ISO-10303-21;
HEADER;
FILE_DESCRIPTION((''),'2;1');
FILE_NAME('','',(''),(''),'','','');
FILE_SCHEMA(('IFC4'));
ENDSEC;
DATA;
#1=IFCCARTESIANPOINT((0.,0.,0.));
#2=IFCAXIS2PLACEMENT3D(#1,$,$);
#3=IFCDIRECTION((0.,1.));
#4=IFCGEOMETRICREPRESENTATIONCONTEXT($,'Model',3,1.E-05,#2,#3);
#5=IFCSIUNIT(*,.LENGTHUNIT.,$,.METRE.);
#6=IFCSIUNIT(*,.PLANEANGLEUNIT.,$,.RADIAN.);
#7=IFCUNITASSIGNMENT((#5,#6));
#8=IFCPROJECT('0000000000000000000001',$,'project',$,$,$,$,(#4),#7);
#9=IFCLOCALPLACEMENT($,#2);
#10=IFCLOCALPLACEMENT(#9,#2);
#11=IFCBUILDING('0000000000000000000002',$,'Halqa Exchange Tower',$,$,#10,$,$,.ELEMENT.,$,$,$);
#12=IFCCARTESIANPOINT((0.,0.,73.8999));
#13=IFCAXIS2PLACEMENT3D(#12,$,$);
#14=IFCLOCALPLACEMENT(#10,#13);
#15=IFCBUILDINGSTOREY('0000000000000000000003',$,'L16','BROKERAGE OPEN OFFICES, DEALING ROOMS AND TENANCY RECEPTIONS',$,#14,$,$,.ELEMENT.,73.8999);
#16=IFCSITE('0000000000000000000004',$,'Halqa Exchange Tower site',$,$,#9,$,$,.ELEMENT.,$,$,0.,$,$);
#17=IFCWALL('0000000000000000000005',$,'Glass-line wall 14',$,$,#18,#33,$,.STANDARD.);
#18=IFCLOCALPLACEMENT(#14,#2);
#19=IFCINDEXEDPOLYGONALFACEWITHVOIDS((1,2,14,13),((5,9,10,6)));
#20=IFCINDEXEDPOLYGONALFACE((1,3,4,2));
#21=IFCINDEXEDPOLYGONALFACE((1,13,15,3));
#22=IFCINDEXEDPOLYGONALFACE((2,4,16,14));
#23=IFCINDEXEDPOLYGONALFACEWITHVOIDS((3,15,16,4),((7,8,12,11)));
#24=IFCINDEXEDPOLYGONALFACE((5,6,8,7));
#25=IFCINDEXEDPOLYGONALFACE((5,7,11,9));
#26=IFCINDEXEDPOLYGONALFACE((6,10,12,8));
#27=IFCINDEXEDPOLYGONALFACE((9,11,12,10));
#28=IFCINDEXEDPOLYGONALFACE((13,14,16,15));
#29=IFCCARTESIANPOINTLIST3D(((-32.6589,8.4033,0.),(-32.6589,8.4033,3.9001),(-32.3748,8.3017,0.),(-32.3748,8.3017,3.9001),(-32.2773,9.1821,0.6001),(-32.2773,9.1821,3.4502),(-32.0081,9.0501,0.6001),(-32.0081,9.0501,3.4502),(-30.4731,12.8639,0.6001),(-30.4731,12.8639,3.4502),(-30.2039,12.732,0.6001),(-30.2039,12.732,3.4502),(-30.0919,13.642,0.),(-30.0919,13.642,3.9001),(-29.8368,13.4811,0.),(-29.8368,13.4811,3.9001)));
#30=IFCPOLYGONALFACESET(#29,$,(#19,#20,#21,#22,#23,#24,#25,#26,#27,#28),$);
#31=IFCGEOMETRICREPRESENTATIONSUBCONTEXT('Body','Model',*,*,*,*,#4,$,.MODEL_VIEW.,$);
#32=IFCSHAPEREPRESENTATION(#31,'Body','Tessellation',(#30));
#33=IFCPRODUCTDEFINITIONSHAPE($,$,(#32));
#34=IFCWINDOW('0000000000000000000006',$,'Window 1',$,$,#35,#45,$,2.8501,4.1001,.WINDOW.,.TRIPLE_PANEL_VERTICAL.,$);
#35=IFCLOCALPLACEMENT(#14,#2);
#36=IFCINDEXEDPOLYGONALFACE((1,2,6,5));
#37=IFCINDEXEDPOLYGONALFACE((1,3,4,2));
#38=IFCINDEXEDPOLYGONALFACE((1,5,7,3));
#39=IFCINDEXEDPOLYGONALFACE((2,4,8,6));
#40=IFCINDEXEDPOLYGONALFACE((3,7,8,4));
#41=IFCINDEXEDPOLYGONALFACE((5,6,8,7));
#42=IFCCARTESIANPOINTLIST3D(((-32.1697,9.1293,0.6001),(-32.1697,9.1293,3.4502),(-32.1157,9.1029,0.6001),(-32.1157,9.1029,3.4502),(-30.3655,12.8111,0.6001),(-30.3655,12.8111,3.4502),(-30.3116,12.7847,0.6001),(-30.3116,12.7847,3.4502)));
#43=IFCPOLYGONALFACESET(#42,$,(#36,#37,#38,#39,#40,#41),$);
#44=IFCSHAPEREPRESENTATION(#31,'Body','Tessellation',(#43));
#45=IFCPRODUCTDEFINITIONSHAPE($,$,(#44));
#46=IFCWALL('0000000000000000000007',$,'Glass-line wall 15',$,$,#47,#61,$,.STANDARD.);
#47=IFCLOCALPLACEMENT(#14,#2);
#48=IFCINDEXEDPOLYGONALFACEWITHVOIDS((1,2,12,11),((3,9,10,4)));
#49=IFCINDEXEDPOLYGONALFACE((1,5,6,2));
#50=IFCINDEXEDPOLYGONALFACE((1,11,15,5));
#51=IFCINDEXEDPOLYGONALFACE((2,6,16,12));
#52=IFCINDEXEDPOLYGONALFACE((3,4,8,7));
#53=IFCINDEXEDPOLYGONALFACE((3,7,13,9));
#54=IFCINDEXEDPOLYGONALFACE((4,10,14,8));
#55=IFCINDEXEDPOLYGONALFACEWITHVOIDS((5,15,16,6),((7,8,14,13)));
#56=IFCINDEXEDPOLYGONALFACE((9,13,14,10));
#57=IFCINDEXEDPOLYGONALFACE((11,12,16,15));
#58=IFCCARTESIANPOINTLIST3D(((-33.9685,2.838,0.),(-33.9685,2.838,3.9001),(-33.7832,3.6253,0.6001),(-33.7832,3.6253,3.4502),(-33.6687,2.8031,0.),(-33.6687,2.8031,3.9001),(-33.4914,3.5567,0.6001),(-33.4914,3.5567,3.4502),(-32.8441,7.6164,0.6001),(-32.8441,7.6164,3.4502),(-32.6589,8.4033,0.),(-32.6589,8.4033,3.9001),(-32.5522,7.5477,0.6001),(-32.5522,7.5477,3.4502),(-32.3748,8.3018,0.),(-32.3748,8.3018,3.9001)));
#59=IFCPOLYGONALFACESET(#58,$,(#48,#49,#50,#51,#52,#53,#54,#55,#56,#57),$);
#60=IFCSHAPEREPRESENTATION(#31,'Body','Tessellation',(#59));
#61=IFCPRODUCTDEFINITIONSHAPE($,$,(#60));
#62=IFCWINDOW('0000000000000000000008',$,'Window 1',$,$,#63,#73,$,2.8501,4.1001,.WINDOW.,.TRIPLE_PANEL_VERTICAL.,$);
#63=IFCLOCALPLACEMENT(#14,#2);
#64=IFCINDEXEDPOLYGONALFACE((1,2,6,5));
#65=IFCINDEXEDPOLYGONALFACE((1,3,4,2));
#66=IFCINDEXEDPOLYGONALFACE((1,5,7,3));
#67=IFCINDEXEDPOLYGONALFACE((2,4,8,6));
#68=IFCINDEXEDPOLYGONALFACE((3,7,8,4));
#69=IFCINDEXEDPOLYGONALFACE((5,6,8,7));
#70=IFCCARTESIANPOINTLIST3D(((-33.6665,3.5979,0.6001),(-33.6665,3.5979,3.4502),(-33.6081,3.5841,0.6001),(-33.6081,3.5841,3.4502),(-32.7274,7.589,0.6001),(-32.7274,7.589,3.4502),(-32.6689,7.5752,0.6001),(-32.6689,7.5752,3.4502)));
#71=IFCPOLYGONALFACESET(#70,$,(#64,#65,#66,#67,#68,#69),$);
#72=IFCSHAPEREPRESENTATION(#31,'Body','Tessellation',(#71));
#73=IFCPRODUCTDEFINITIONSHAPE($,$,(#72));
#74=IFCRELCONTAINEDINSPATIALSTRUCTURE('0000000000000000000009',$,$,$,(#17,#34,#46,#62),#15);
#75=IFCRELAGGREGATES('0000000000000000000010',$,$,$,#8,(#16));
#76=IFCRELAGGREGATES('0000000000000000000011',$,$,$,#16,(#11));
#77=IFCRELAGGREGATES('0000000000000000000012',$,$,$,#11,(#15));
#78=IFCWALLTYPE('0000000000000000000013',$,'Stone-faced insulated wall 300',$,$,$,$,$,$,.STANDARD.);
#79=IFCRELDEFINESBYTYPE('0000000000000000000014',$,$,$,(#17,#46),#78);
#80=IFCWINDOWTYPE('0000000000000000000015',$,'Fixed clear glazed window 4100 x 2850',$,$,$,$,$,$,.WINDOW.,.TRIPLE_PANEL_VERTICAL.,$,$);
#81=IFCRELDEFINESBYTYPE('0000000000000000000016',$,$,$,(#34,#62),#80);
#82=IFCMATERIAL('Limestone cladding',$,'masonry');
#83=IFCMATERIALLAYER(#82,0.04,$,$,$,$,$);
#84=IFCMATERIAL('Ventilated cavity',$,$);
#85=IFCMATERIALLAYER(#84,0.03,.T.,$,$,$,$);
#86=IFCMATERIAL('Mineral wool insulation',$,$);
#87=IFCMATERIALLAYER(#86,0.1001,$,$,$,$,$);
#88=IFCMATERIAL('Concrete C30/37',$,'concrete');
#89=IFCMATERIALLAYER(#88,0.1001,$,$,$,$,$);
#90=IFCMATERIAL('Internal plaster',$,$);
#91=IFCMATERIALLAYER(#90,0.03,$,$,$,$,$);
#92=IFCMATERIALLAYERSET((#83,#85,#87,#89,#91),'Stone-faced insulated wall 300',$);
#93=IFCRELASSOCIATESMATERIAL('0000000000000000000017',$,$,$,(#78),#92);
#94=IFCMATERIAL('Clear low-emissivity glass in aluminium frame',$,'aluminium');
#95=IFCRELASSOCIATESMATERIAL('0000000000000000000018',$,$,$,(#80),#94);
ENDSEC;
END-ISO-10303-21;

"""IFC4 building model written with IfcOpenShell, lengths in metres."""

from ifc_helpers import new_model, si_unit, direction, frame, frame_2d, origin, place, context, subcontext, project, spatial, polyline, rectangle, outline, extrude, material, layer, layer_set, type_object, element, fill, save


model = new_model("IFC4")

# Units and contexts
model_context = context("Model", 3, precision=1e-05, world=origin(), true_north=direction((0.0, 1.0)))
body_context = subcontext(model_context, "Body", "Model", "MODEL_VIEW")
ifc_project = project(units=[si_unit("LENGTHUNIT", "METRE"), si_unit("PLANEANGLEUNIT", "RADIAN")], contexts=[model_context])

# Site, building, storey
site_placement = place(None, origin())
site = spatial("IfcSite", under=ifc_project, at=site_placement, Name="Halqa Exchange Tower site", CompositionType="ELEMENT", RefElevation=0.0)
building_placement = place(site_placement, origin())
building = spatial("IfcBuilding", under=site, at=building_placement, Name="Halqa Exchange Tower", CompositionType="ELEMENT")
storey_placement = place(building_placement, frame((0.0, 0.0, 73.8999)))
storey = spatial("IfcBuildingStorey", under=building, at=storey_placement, Name="L16", Description="BROKERAGE OPEN OFFICES, DEALING ROOMS AND TENANCY RECEPTIONS", CompositionType="ELEMENT", Elevation=73.8999)

# Walls, openings, windows
ifc_material_1 = material(Name="Limestone cladding", Category="masonry")
ifc_layer_1 = layer(ifc_material_1, 0.04)
ifc_material_2 = material(Name="Ventilated cavity")
ifc_layer_2 = layer(ifc_material_2, 0.03, ventilated=True)
ifc_material_3 = material(Name="Mineral wool insulation")
ifc_layer_3 = layer(ifc_material_3, 0.1001)
ifc_material_4 = material(Name="Concrete C30/37", Category="concrete")
ifc_layer_4 = layer(ifc_material_4, 0.1001)
ifc_material_5 = material(Name="Internal plaster")
ifc_layer_5 = layer(ifc_material_5, 0.03)
ifc_layer_set_1 = layer_set([ifc_layer_1, ifc_layer_2, ifc_layer_3, ifc_layer_4, ifc_layer_5], Name="Stone-faced insulated wall 300")
wall_type_1 = type_object("IfcWallType", Name="Stone-faced insulated wall 300", PredefinedType="STANDARD", material=ifc_layer_set_1)
wall_1_placement = place(storey_placement, frame((-29.9644, 13.5615, 0.0), z_axis=(0.0, 0.0, 1.0), x_axis=(-0.440027, -0.897984, 0.0)))
wall_1 = element("IfcWall", 1, at=wall_1_placement, inside=storey, type_object=wall_type_1, Name="Glass-line wall 14", PredefinedType="STANDARD", context=body_context, shape_type="SweptSolid", body=[
    extrude(outline(polyline([(-0.0161, -0.1499), (5.8176, -0.1499), (5.7839, 0.1499), (0.0161, 0.1499), (-0.0161, -0.1499)])), origin(), (0.0, 0.0, 1.0), 3.9001),
])
opening_1_placement = place(wall_1_placement, frame((0.8503, 0.0, 0.6001)))
opening_1 = element("IfcOpeningElement", 2, at=opening_1_placement, cuts=wall_1, PredefinedType="OPENING", context=body_context, shape_type="SweptSolid", body=[
    extrude(rectangle(XDim=4.1001, YDim=2.8501, at=frame_2d((2.05, 1.425))), frame((0.0, 0.1621, 0.0), z_axis=(0.0, -1.0, 0.0), x_axis=(1.0, 0.0, 0.0)), (0.0, 0.0, 1.0), 0.324),
])
ifc_material_6 = material(Name="Clear low-emissivity glass in aluminium frame", Category="aluminium")
window_type = type_object("IfcWindowType", Name="Fixed clear glazed window 4100 x 2850", PartitioningType="TRIPLE_PANEL_VERTICAL", PredefinedType="WINDOW", material=ifc_material_6)
window_1_placement = place(opening_1_placement, origin())
window_1 = element("IfcWindow", 3, at=window_1_placement, inside=storey, type_object=window_type, Name="Window 1", OverallHeight=2.8501, OverallWidth=4.1001, PartitioningType="TRIPLE_PANEL_VERTICAL", PredefinedType="WINDOW", context=body_context, shape_type="SweptSolid", body=[
    extrude(rectangle(XDim=4.1001, YDim=2.8501, at=frame_2d((2.05, 1.425))), frame((0.0, 0.03, 0.0), z_axis=(0.0, -1.0, 0.0), x_axis=(1.0, 0.0, 0.0)), (0.0, 0.0, 1.0), 0.0601),
])
fill(opening_1, window_1)
wall_2_placement = place(storey_placement, frame((-32.5168, 8.3525, 0.0), z_axis=(0.0, 0.0, 1.0), x_axis=(-0.229058, -0.973413, 0.0)))
wall_2 = element("IfcWall", 4, at=wall_2_placement, inside=storey, type_object=wall_type_1, Name="Glass-line wall 15", PredefinedType="STANDARD", context=body_context, shape_type="SweptSolid", body=[
    extrude(outline(polyline([(-0.0168, -0.1499), (5.7004, -0.1499), (5.6658, 0.1499), (0.0168, 0.1499), (-0.0168, -0.1499)])), origin(), (0.0, 0.0, 1.0), 3.9001),
])
opening_2_placement = place(wall_2_placement, frame((0.7915, 0.0, 0.6001)))
opening_2 = element("IfcOpeningElement", 5, at=opening_2_placement, cuts=wall_2, PredefinedType="OPENING", context=body_context, shape_type="SweptSolid", body=[
    extrude(rectangle(XDim=4.1001, YDim=2.8501, at=frame_2d((2.05, 1.425))), frame((0.0, 0.1621, 0.0), z_axis=(0.0, -1.0, 0.0), x_axis=(1.0, 0.0, 0.0)), (0.0, 0.0, 1.0), 0.324),
])
window_2_placement = place(opening_2_placement, origin())
window_2 = element("IfcWindow", 6, at=window_2_placement, inside=storey, type_object=window_type, Name="Window 1", OverallHeight=2.8501, OverallWidth=4.1001, PartitioningType="TRIPLE_PANEL_VERTICAL", PredefinedType="WINDOW", context=body_context, shape_type="SweptSolid", body=[
    extrude(rectangle(XDim=4.1001, YDim=2.8501, at=frame_2d((2.05, 1.425))), frame((0.0, 0.03, 0.0), z_axis=(0.0, -1.0, 0.0), x_axis=(1.0, 0.0, 0.0)), (0.0, 0.0, 1.0), 0.0601),
])
fill(opening_2, window_2)

save(model, "model.ifc")
